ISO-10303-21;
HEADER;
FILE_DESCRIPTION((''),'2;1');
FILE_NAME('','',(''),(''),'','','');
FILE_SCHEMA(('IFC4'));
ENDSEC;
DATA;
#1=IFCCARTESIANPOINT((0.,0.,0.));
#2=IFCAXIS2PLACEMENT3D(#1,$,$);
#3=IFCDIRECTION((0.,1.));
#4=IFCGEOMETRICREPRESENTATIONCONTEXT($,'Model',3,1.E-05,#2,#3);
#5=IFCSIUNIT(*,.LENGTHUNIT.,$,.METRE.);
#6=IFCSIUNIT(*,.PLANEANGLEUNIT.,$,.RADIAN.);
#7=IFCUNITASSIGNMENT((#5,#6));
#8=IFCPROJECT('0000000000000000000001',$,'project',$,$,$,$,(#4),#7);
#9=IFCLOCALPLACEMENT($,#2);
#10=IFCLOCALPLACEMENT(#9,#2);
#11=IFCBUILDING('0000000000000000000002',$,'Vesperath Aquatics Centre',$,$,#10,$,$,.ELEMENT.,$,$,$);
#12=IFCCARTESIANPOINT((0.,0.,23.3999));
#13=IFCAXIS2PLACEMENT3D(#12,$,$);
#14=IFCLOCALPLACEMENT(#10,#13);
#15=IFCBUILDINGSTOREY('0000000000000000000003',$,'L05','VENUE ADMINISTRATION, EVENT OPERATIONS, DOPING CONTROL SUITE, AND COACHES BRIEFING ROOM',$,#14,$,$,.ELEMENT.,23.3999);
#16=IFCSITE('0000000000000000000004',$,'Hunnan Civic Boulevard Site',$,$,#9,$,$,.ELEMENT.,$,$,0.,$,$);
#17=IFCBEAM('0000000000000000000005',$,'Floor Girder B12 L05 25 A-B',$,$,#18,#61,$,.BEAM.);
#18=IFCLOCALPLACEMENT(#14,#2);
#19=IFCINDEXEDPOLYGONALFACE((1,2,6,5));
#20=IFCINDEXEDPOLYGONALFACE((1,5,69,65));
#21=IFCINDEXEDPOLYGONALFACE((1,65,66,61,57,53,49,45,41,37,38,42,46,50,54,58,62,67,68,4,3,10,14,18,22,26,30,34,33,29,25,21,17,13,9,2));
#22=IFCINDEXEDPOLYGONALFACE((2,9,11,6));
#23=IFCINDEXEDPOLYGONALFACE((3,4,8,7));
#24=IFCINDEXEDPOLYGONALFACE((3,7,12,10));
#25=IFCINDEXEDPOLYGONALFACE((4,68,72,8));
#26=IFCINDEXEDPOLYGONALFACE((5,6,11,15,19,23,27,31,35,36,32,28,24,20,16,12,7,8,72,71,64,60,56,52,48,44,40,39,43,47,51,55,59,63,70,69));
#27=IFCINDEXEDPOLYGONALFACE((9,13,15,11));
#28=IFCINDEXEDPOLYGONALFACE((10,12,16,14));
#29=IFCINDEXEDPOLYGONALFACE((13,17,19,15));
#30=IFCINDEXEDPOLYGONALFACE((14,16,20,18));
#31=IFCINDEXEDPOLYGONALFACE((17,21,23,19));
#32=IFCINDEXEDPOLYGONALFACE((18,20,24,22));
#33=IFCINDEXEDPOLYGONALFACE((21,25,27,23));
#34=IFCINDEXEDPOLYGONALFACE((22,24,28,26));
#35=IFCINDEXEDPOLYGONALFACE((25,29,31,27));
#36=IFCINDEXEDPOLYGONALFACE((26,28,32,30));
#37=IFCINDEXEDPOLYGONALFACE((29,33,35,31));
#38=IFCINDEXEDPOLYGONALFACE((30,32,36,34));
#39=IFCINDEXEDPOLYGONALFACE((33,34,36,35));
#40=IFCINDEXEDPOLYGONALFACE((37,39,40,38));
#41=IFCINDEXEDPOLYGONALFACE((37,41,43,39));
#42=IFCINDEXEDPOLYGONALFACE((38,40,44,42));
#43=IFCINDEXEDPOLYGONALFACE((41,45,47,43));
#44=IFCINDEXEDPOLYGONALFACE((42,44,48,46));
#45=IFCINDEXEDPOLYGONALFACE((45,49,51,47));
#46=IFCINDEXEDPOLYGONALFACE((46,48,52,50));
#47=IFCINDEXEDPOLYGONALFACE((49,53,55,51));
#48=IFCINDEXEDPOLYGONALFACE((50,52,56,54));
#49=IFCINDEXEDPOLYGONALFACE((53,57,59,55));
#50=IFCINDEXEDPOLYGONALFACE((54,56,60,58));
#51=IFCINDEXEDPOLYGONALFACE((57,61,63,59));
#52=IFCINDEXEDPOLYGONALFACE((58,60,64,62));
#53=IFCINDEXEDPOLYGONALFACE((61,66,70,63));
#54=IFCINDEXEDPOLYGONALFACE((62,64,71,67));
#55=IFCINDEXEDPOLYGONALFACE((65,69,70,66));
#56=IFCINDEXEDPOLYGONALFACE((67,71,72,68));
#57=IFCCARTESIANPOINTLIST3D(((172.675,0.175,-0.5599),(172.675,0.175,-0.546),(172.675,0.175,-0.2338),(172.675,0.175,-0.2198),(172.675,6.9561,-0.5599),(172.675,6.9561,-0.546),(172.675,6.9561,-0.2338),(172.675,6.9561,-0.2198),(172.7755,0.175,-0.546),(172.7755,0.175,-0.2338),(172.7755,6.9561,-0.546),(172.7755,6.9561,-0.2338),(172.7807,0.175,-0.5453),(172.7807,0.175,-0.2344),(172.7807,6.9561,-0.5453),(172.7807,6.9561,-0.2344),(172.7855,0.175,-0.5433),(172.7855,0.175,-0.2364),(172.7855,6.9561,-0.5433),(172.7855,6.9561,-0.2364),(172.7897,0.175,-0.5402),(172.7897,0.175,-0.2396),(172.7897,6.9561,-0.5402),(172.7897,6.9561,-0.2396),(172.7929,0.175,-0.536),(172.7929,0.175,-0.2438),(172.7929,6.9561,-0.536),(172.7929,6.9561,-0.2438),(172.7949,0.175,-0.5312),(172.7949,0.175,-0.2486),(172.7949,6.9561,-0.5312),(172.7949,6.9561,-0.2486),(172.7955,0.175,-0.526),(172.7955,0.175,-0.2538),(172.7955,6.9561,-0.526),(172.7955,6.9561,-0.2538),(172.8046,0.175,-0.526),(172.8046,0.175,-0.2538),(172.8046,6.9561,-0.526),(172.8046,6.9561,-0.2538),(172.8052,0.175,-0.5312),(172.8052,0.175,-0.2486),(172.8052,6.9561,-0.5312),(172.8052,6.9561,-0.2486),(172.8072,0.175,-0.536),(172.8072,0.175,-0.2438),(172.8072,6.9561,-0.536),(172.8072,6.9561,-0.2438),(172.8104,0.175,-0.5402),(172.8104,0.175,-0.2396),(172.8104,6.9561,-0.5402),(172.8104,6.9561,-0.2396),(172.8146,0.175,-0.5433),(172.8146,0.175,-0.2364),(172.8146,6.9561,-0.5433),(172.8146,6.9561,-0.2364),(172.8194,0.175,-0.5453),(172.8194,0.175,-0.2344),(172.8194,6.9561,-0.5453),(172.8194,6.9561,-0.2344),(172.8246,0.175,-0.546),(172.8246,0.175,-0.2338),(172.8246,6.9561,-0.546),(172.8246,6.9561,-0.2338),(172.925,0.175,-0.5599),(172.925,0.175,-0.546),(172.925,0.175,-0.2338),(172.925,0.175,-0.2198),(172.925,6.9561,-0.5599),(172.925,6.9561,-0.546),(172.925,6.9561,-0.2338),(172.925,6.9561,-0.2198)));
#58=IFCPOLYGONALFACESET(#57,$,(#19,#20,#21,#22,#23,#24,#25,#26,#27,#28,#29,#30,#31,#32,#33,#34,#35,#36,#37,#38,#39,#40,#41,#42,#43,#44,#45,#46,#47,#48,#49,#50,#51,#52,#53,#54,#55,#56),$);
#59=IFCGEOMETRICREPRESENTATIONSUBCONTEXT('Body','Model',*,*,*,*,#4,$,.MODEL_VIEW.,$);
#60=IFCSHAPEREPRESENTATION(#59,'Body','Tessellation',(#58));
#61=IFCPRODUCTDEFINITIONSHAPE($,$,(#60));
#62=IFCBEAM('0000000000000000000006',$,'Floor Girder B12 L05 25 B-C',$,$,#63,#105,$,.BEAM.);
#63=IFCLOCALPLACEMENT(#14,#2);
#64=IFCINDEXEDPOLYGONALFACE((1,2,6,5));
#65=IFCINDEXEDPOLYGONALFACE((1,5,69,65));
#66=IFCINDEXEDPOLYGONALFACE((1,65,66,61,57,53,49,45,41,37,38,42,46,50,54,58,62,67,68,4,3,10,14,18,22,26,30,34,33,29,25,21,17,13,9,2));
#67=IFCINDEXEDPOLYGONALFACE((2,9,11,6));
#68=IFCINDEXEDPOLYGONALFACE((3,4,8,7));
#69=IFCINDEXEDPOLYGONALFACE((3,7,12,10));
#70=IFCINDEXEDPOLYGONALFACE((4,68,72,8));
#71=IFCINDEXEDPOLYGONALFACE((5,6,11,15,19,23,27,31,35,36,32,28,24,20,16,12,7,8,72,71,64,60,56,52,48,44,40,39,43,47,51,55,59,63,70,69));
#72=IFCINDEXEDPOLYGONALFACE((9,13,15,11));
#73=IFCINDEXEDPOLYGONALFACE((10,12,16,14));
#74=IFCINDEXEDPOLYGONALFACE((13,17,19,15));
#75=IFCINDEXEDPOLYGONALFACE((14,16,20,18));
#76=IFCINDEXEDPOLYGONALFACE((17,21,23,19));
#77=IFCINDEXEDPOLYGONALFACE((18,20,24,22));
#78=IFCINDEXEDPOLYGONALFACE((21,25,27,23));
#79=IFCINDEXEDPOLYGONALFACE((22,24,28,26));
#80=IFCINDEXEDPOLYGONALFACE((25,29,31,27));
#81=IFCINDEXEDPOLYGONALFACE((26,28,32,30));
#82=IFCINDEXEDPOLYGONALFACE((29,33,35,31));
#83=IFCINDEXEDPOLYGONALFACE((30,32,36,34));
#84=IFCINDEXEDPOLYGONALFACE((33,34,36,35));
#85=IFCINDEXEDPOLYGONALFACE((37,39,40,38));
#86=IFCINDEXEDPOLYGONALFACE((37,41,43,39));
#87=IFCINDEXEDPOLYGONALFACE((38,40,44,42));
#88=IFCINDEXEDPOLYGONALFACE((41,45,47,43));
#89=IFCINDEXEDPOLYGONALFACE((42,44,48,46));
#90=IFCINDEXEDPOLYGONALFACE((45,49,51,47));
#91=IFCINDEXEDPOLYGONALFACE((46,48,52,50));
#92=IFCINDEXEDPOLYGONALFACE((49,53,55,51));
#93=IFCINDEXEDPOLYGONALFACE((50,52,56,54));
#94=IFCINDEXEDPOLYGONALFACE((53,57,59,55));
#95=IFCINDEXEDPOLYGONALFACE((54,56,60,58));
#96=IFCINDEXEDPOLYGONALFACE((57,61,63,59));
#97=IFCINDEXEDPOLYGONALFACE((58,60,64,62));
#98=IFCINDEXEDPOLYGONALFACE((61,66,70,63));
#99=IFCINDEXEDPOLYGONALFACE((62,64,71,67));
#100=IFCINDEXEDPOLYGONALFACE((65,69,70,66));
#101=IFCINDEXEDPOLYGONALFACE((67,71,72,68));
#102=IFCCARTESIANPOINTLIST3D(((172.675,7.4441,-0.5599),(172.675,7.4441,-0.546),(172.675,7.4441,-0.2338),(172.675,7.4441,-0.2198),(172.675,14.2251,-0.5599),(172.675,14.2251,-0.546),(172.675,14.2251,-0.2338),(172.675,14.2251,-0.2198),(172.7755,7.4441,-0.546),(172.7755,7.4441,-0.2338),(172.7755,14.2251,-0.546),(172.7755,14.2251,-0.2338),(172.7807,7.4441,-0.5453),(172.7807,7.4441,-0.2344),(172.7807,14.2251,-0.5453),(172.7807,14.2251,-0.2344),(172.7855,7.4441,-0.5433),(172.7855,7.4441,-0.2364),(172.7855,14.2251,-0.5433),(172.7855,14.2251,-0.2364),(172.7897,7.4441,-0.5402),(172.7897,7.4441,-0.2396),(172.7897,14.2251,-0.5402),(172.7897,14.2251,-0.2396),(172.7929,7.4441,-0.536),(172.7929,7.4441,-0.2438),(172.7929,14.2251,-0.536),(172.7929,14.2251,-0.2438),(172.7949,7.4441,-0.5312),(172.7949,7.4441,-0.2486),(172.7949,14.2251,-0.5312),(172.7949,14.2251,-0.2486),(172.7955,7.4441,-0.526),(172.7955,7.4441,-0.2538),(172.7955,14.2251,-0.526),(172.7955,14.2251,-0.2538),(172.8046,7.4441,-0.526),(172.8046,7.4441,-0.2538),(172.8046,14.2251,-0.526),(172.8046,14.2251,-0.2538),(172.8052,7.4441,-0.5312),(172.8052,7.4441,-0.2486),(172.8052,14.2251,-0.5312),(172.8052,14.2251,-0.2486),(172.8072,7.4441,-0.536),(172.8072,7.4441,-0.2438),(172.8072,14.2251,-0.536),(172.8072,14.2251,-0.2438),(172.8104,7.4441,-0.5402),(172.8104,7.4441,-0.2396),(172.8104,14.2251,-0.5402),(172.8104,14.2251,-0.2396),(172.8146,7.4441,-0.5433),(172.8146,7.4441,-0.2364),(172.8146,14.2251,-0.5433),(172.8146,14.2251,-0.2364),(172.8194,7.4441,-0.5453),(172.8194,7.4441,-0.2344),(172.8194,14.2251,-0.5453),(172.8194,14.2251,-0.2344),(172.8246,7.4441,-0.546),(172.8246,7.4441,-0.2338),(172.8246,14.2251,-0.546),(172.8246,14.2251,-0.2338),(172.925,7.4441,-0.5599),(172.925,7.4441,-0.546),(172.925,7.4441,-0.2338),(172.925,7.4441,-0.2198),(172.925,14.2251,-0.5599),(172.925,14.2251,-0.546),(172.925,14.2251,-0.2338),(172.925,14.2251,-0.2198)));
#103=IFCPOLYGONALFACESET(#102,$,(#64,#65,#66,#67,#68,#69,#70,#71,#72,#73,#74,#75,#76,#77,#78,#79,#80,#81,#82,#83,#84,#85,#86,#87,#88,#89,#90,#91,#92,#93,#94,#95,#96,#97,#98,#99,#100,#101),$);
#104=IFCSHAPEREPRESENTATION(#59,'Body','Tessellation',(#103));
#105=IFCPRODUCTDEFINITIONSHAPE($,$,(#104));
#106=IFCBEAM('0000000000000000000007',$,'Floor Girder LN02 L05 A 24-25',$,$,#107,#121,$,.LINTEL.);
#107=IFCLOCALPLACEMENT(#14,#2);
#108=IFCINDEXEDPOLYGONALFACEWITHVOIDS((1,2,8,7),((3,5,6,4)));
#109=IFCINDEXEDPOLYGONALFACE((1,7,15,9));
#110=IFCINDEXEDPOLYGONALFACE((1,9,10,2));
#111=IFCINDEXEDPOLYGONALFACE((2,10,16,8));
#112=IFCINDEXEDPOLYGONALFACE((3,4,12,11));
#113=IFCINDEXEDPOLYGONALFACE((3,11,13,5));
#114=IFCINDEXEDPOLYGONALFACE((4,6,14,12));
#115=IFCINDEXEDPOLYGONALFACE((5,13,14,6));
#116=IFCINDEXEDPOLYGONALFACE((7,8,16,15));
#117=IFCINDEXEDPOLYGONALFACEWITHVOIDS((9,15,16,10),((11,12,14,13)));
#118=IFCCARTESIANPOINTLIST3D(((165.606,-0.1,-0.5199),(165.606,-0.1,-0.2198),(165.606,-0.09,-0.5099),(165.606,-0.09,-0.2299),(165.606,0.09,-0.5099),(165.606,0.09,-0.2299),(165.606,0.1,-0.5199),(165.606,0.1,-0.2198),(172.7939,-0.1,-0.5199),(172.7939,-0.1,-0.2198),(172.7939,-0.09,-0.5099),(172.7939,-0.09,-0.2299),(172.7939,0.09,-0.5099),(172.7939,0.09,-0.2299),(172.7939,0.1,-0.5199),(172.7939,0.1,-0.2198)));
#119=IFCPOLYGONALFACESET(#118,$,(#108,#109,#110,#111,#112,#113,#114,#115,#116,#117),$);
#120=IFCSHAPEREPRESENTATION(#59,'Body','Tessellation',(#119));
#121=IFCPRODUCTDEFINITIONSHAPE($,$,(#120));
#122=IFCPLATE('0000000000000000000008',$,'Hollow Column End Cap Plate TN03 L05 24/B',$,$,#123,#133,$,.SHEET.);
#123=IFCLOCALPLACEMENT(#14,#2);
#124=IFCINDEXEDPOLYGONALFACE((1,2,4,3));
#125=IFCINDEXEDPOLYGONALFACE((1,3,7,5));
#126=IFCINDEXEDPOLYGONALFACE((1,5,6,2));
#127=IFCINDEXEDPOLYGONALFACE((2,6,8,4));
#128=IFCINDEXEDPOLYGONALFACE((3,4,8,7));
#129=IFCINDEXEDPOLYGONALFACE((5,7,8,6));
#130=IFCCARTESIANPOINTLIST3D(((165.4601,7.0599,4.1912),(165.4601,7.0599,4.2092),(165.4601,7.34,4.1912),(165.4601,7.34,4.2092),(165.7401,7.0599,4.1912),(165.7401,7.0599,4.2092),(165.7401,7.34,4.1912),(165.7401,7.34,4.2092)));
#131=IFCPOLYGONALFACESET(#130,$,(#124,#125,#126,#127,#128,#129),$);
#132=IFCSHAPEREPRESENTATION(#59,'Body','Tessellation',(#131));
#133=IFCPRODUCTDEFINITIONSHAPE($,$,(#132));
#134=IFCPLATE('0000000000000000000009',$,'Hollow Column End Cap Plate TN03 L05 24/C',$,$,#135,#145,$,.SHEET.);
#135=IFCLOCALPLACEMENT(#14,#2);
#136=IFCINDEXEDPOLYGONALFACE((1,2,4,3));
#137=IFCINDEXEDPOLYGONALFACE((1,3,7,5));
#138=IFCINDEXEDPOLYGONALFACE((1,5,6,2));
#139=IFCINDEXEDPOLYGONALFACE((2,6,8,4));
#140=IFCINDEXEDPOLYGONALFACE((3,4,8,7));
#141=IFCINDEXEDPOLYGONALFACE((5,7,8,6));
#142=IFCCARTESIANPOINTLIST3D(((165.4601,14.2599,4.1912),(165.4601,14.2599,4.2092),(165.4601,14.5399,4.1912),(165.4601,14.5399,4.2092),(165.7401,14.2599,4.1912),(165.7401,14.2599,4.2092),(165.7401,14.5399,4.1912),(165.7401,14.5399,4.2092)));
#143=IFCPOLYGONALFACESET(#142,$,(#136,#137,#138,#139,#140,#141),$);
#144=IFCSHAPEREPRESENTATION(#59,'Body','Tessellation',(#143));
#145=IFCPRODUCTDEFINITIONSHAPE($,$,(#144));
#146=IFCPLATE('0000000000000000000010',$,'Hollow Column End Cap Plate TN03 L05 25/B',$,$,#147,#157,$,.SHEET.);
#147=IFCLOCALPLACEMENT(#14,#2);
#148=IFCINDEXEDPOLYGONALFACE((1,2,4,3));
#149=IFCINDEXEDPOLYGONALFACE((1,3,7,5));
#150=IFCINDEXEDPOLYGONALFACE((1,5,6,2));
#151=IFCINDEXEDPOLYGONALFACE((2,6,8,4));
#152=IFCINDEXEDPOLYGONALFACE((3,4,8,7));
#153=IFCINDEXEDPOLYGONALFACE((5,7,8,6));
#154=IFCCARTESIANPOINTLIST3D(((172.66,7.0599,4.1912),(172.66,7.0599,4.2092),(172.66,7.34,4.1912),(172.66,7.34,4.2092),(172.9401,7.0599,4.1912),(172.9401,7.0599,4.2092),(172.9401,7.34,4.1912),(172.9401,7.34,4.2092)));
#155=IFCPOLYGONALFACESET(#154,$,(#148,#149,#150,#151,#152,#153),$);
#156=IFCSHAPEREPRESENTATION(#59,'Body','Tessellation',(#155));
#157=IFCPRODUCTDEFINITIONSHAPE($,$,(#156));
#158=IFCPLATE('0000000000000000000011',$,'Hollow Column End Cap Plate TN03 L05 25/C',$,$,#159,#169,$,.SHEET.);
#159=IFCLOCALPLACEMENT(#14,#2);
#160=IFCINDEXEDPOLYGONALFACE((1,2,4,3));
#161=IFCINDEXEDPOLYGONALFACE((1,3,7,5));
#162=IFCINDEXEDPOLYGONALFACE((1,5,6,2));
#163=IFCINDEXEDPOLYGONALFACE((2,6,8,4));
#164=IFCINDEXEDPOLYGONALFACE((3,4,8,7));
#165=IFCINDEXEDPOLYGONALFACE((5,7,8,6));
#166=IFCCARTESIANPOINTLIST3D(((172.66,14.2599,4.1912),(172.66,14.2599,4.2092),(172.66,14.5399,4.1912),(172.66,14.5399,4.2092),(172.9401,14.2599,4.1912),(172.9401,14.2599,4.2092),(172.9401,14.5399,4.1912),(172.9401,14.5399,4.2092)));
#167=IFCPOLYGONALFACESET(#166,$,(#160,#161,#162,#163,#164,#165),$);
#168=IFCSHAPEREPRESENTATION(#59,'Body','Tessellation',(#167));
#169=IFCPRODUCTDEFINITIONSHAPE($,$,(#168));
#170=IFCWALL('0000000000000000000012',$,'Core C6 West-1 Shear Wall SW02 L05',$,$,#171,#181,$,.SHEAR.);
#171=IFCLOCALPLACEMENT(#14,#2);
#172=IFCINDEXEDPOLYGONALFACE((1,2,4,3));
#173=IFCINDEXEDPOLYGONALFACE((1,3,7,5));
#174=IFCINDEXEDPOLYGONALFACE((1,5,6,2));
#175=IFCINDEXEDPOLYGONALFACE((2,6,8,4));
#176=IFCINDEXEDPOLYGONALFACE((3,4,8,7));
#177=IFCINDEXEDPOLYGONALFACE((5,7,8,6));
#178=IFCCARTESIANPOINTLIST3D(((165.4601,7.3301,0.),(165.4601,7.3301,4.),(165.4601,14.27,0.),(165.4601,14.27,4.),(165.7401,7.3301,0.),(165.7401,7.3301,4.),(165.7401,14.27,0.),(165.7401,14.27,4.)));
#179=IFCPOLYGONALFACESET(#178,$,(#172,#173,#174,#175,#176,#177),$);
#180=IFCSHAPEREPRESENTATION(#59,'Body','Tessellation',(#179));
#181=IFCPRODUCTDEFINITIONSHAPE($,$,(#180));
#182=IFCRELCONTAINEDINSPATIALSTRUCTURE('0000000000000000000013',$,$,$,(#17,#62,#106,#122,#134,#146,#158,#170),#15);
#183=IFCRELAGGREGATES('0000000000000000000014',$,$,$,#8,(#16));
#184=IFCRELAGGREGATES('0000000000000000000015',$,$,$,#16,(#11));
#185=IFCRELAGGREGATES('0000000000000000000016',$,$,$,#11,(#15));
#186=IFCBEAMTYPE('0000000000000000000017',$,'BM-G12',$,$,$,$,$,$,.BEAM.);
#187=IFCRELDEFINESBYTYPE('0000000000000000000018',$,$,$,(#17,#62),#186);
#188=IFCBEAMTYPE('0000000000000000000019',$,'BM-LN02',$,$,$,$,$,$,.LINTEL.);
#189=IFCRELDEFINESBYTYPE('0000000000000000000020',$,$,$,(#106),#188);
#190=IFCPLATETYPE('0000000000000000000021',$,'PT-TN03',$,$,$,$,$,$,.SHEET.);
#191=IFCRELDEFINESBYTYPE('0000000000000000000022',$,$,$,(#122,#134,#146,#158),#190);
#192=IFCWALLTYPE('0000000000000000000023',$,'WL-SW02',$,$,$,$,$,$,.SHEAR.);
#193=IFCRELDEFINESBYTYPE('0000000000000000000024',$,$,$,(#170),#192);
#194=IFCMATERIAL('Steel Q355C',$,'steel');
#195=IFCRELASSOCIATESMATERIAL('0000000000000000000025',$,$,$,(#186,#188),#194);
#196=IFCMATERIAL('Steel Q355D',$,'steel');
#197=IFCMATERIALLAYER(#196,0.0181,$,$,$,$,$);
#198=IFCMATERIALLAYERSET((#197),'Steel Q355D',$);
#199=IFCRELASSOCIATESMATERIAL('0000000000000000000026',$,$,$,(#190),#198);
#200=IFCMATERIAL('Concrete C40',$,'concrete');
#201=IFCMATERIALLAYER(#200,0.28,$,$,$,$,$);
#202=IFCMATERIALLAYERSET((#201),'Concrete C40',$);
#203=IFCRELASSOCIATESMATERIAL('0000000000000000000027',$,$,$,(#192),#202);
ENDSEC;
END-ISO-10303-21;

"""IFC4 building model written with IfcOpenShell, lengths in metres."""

from ifc_helpers import new_model, si_unit, direction, frame, frame_2d, origin, origin_2d, place, context, subcontext, project, spatial, rectangle, hollow_rectangle, i_section, extrude, material, layer, layer_set, material_profile, profile_set, type_object, element, save


model = new_model("IFC4")

# Units and contexts
model_context = context("Model", 3, precision=1e-05, world=origin(), true_north=direction((0.0, 1.0)))
body_context = subcontext(model_context, "Body", "Model", "MODEL_VIEW")
ifc_project = project(units=[si_unit("LENGTHUNIT", "METRE"), si_unit("PLANEANGLEUNIT", "RADIAN")], contexts=[model_context])

# Site, building, storey
site_placement = place(None, origin())
site = spatial("IfcSite", under=ifc_project, at=site_placement, Name="Hunnan Civic Boulevard Site", CompositionType="ELEMENT", RefElevation=0.0)
building_placement = place(site_placement, origin())
building = spatial("IfcBuilding", under=site, at=building_placement, Name="Vesperath Aquatics Centre", CompositionType="ELEMENT")
storey_placement = place(building_placement, frame((0.0, 0.0, 23.3999)))
storey = spatial("IfcBuildingStorey", under=building, at=storey_placement, Name="L05", Description="VENUE ADMINISTRATION, EVENT OPERATIONS, DOPING CONTROL SUITE, AND COACHES BRIEFING ROOM", CompositionType="ELEMENT", Elevation=23.3999)

# Shared definitions
ifc_material_1 = material(Name="Steel Q355C", Category="steel")

# Beams
ifc_material_profile_1 = material_profile(ifc_material_1, i_section(OverallWidth=0.25, OverallDepth=0.3401, WebThickness=0.009, FlangeThickness=0.0139, FilletRadius=0.02, at=origin_2d()), Name="HM 340x250x9x14")
ifc_profile_set_1 = profile_set([ifc_material_profile_1], Name="Steel Q355C")
beam_type_1 = type_object("IfcBeamType", Name="BM-G12", PredefinedType="BEAM", material=ifc_profile_set_1)
for number, where, z_axis, x_axis, name in (
    (1, (172.8, 0.175, -0.3899), (0.0, 1.0, 0.0), (-1.0, 0.0, 0.0), "Floor Girder B12 L05 25 A-B"),
    (2, (172.8, 7.4441, -0.3899), (0.0, 1.0, 0.0), (-1.0, 0.0, 0.0), "Floor Girder B12 L05 25 B-C"),
):
    element("IfcBeam", number, at=place(storey_placement, frame(where, z_axis=z_axis, x_axis=x_axis)), inside=storey, type_object=beam_type_1, Name=name, PredefinedType="BEAM", context=body_context, shape_type="SweptSolid", body=[
        extrude(i_section(OverallWidth=0.25, OverallDepth=0.3401, WebThickness=0.009, FlangeThickness=0.0139, FilletRadius=0.02, at=origin_2d()), origin(), (0.0, 0.0, 1.0), 6.781),
    ])
ifc_material_profile_2 = material_profile(ifc_material_1, hollow_rectangle(XDim=0.2, YDim=0.3, WallThickness=0.01, at=origin_2d()), Name="RHS 300x200x10")
ifc_profile_set_2 = profile_set([ifc_material_profile_2], Name="Steel Q355C")
beam_type_2 = type_object("IfcBeamType", Name="BM-LN02", PredefinedType="LINTEL", material=ifc_profile_set_2)
beam_1_placement = place(storey_placement, frame((165.606, 0.0, -0.3699), z_axis=(1.0, 0.0, 0.0), x_axis=(0.0, 1.0, 0.0)))
element("IfcBeam", 3, at=beam_1_placement, inside=storey, type_object=beam_type_2, Name="Floor Girder LN02 L05 A 24-25", PredefinedType="LINTEL", context=body_context, shape_type="SweptSolid", body=[
    extrude(hollow_rectangle(XDim=0.2, YDim=0.3, WallThickness=0.01, at=origin_2d()), origin(), (0.0, 0.0, 1.0), 7.188),
])

# Plates
ifc_material_2 = material(Name="Steel Q355D", Category="steel")
ifc_layer_1 = layer(ifc_material_2, 0.0181)
ifc_layer_set_1 = layer_set([ifc_layer_1], Name="Steel Q355D")
plate_type = type_object("IfcPlateType", Name="PT-TN03", PredefinedType="SHEET", material=ifc_layer_set_1)
for number, where, z_axis, x_axis, name in (
    (4, (165.6001, 7.2, 4.1912), (0.0, 0.0, 1.0), (1.0, 0.0, 0.0), "Hollow Column End Cap Plate TN03 L05 24/B"),
    (5, (165.6001, 14.3999, 4.1912), (0.0, 0.0, 1.0), (1.0, 0.0, 0.0), "Hollow Column End Cap Plate TN03 L05 24/C"),
    (6, (172.8, 7.2, 4.1912), (0.0, 0.0, 1.0), (1.0, 0.0, 0.0), "Hollow Column End Cap Plate TN03 L05 25/B"),
    (7, (172.8, 14.3999, 4.1912), (0.0, 0.0, 1.0), (1.0, 0.0, 0.0), "Hollow Column End Cap Plate TN03 L05 25/C"),
):
    element("IfcPlate", number, at=place(storey_placement, frame(where, z_axis=z_axis, x_axis=x_axis)), inside=storey, type_object=plate_type, Name=name, PredefinedType="SHEET", context=body_context, shape_type="SweptSolid", body=[
        extrude(rectangle(XDim=0.28, YDim=0.28, at=origin_2d()), origin(), (0.0, 0.0, 1.0), 0.0181),
    ])

# Wall
ifc_material_3 = material(Name="Concrete C40", Category="concrete")
ifc_layer_2 = layer(ifc_material_3, 0.28)
ifc_layer_set_2 = layer_set([ifc_layer_2], Name="Concrete C40")
wall_type_1 = type_object("IfcWallType", Name="WL-SW02", PredefinedType="SHEAR", material=ifc_layer_set_2)
wall_1_placement = place(storey_placement, frame((165.6001, 7.3301, 0.0), z_axis=(0.0, 0.0, 1.0), x_axis=(0.0, 1.0, 0.0)))
element("IfcWall", 8, at=wall_1_placement, inside=storey, type_object=wall_type_1, Name="Core C6 West-1 Shear Wall SW02 L05", PredefinedType="SHEAR", context=body_context, shape_type="SweptSolid", body=[
    extrude(rectangle(XDim=6.9399, YDim=0.28, at=frame_2d((3.47, 0.0))), origin(), (0.0, 0.0, 1.0), 4.0),
])

save(model, "model.ifc")
